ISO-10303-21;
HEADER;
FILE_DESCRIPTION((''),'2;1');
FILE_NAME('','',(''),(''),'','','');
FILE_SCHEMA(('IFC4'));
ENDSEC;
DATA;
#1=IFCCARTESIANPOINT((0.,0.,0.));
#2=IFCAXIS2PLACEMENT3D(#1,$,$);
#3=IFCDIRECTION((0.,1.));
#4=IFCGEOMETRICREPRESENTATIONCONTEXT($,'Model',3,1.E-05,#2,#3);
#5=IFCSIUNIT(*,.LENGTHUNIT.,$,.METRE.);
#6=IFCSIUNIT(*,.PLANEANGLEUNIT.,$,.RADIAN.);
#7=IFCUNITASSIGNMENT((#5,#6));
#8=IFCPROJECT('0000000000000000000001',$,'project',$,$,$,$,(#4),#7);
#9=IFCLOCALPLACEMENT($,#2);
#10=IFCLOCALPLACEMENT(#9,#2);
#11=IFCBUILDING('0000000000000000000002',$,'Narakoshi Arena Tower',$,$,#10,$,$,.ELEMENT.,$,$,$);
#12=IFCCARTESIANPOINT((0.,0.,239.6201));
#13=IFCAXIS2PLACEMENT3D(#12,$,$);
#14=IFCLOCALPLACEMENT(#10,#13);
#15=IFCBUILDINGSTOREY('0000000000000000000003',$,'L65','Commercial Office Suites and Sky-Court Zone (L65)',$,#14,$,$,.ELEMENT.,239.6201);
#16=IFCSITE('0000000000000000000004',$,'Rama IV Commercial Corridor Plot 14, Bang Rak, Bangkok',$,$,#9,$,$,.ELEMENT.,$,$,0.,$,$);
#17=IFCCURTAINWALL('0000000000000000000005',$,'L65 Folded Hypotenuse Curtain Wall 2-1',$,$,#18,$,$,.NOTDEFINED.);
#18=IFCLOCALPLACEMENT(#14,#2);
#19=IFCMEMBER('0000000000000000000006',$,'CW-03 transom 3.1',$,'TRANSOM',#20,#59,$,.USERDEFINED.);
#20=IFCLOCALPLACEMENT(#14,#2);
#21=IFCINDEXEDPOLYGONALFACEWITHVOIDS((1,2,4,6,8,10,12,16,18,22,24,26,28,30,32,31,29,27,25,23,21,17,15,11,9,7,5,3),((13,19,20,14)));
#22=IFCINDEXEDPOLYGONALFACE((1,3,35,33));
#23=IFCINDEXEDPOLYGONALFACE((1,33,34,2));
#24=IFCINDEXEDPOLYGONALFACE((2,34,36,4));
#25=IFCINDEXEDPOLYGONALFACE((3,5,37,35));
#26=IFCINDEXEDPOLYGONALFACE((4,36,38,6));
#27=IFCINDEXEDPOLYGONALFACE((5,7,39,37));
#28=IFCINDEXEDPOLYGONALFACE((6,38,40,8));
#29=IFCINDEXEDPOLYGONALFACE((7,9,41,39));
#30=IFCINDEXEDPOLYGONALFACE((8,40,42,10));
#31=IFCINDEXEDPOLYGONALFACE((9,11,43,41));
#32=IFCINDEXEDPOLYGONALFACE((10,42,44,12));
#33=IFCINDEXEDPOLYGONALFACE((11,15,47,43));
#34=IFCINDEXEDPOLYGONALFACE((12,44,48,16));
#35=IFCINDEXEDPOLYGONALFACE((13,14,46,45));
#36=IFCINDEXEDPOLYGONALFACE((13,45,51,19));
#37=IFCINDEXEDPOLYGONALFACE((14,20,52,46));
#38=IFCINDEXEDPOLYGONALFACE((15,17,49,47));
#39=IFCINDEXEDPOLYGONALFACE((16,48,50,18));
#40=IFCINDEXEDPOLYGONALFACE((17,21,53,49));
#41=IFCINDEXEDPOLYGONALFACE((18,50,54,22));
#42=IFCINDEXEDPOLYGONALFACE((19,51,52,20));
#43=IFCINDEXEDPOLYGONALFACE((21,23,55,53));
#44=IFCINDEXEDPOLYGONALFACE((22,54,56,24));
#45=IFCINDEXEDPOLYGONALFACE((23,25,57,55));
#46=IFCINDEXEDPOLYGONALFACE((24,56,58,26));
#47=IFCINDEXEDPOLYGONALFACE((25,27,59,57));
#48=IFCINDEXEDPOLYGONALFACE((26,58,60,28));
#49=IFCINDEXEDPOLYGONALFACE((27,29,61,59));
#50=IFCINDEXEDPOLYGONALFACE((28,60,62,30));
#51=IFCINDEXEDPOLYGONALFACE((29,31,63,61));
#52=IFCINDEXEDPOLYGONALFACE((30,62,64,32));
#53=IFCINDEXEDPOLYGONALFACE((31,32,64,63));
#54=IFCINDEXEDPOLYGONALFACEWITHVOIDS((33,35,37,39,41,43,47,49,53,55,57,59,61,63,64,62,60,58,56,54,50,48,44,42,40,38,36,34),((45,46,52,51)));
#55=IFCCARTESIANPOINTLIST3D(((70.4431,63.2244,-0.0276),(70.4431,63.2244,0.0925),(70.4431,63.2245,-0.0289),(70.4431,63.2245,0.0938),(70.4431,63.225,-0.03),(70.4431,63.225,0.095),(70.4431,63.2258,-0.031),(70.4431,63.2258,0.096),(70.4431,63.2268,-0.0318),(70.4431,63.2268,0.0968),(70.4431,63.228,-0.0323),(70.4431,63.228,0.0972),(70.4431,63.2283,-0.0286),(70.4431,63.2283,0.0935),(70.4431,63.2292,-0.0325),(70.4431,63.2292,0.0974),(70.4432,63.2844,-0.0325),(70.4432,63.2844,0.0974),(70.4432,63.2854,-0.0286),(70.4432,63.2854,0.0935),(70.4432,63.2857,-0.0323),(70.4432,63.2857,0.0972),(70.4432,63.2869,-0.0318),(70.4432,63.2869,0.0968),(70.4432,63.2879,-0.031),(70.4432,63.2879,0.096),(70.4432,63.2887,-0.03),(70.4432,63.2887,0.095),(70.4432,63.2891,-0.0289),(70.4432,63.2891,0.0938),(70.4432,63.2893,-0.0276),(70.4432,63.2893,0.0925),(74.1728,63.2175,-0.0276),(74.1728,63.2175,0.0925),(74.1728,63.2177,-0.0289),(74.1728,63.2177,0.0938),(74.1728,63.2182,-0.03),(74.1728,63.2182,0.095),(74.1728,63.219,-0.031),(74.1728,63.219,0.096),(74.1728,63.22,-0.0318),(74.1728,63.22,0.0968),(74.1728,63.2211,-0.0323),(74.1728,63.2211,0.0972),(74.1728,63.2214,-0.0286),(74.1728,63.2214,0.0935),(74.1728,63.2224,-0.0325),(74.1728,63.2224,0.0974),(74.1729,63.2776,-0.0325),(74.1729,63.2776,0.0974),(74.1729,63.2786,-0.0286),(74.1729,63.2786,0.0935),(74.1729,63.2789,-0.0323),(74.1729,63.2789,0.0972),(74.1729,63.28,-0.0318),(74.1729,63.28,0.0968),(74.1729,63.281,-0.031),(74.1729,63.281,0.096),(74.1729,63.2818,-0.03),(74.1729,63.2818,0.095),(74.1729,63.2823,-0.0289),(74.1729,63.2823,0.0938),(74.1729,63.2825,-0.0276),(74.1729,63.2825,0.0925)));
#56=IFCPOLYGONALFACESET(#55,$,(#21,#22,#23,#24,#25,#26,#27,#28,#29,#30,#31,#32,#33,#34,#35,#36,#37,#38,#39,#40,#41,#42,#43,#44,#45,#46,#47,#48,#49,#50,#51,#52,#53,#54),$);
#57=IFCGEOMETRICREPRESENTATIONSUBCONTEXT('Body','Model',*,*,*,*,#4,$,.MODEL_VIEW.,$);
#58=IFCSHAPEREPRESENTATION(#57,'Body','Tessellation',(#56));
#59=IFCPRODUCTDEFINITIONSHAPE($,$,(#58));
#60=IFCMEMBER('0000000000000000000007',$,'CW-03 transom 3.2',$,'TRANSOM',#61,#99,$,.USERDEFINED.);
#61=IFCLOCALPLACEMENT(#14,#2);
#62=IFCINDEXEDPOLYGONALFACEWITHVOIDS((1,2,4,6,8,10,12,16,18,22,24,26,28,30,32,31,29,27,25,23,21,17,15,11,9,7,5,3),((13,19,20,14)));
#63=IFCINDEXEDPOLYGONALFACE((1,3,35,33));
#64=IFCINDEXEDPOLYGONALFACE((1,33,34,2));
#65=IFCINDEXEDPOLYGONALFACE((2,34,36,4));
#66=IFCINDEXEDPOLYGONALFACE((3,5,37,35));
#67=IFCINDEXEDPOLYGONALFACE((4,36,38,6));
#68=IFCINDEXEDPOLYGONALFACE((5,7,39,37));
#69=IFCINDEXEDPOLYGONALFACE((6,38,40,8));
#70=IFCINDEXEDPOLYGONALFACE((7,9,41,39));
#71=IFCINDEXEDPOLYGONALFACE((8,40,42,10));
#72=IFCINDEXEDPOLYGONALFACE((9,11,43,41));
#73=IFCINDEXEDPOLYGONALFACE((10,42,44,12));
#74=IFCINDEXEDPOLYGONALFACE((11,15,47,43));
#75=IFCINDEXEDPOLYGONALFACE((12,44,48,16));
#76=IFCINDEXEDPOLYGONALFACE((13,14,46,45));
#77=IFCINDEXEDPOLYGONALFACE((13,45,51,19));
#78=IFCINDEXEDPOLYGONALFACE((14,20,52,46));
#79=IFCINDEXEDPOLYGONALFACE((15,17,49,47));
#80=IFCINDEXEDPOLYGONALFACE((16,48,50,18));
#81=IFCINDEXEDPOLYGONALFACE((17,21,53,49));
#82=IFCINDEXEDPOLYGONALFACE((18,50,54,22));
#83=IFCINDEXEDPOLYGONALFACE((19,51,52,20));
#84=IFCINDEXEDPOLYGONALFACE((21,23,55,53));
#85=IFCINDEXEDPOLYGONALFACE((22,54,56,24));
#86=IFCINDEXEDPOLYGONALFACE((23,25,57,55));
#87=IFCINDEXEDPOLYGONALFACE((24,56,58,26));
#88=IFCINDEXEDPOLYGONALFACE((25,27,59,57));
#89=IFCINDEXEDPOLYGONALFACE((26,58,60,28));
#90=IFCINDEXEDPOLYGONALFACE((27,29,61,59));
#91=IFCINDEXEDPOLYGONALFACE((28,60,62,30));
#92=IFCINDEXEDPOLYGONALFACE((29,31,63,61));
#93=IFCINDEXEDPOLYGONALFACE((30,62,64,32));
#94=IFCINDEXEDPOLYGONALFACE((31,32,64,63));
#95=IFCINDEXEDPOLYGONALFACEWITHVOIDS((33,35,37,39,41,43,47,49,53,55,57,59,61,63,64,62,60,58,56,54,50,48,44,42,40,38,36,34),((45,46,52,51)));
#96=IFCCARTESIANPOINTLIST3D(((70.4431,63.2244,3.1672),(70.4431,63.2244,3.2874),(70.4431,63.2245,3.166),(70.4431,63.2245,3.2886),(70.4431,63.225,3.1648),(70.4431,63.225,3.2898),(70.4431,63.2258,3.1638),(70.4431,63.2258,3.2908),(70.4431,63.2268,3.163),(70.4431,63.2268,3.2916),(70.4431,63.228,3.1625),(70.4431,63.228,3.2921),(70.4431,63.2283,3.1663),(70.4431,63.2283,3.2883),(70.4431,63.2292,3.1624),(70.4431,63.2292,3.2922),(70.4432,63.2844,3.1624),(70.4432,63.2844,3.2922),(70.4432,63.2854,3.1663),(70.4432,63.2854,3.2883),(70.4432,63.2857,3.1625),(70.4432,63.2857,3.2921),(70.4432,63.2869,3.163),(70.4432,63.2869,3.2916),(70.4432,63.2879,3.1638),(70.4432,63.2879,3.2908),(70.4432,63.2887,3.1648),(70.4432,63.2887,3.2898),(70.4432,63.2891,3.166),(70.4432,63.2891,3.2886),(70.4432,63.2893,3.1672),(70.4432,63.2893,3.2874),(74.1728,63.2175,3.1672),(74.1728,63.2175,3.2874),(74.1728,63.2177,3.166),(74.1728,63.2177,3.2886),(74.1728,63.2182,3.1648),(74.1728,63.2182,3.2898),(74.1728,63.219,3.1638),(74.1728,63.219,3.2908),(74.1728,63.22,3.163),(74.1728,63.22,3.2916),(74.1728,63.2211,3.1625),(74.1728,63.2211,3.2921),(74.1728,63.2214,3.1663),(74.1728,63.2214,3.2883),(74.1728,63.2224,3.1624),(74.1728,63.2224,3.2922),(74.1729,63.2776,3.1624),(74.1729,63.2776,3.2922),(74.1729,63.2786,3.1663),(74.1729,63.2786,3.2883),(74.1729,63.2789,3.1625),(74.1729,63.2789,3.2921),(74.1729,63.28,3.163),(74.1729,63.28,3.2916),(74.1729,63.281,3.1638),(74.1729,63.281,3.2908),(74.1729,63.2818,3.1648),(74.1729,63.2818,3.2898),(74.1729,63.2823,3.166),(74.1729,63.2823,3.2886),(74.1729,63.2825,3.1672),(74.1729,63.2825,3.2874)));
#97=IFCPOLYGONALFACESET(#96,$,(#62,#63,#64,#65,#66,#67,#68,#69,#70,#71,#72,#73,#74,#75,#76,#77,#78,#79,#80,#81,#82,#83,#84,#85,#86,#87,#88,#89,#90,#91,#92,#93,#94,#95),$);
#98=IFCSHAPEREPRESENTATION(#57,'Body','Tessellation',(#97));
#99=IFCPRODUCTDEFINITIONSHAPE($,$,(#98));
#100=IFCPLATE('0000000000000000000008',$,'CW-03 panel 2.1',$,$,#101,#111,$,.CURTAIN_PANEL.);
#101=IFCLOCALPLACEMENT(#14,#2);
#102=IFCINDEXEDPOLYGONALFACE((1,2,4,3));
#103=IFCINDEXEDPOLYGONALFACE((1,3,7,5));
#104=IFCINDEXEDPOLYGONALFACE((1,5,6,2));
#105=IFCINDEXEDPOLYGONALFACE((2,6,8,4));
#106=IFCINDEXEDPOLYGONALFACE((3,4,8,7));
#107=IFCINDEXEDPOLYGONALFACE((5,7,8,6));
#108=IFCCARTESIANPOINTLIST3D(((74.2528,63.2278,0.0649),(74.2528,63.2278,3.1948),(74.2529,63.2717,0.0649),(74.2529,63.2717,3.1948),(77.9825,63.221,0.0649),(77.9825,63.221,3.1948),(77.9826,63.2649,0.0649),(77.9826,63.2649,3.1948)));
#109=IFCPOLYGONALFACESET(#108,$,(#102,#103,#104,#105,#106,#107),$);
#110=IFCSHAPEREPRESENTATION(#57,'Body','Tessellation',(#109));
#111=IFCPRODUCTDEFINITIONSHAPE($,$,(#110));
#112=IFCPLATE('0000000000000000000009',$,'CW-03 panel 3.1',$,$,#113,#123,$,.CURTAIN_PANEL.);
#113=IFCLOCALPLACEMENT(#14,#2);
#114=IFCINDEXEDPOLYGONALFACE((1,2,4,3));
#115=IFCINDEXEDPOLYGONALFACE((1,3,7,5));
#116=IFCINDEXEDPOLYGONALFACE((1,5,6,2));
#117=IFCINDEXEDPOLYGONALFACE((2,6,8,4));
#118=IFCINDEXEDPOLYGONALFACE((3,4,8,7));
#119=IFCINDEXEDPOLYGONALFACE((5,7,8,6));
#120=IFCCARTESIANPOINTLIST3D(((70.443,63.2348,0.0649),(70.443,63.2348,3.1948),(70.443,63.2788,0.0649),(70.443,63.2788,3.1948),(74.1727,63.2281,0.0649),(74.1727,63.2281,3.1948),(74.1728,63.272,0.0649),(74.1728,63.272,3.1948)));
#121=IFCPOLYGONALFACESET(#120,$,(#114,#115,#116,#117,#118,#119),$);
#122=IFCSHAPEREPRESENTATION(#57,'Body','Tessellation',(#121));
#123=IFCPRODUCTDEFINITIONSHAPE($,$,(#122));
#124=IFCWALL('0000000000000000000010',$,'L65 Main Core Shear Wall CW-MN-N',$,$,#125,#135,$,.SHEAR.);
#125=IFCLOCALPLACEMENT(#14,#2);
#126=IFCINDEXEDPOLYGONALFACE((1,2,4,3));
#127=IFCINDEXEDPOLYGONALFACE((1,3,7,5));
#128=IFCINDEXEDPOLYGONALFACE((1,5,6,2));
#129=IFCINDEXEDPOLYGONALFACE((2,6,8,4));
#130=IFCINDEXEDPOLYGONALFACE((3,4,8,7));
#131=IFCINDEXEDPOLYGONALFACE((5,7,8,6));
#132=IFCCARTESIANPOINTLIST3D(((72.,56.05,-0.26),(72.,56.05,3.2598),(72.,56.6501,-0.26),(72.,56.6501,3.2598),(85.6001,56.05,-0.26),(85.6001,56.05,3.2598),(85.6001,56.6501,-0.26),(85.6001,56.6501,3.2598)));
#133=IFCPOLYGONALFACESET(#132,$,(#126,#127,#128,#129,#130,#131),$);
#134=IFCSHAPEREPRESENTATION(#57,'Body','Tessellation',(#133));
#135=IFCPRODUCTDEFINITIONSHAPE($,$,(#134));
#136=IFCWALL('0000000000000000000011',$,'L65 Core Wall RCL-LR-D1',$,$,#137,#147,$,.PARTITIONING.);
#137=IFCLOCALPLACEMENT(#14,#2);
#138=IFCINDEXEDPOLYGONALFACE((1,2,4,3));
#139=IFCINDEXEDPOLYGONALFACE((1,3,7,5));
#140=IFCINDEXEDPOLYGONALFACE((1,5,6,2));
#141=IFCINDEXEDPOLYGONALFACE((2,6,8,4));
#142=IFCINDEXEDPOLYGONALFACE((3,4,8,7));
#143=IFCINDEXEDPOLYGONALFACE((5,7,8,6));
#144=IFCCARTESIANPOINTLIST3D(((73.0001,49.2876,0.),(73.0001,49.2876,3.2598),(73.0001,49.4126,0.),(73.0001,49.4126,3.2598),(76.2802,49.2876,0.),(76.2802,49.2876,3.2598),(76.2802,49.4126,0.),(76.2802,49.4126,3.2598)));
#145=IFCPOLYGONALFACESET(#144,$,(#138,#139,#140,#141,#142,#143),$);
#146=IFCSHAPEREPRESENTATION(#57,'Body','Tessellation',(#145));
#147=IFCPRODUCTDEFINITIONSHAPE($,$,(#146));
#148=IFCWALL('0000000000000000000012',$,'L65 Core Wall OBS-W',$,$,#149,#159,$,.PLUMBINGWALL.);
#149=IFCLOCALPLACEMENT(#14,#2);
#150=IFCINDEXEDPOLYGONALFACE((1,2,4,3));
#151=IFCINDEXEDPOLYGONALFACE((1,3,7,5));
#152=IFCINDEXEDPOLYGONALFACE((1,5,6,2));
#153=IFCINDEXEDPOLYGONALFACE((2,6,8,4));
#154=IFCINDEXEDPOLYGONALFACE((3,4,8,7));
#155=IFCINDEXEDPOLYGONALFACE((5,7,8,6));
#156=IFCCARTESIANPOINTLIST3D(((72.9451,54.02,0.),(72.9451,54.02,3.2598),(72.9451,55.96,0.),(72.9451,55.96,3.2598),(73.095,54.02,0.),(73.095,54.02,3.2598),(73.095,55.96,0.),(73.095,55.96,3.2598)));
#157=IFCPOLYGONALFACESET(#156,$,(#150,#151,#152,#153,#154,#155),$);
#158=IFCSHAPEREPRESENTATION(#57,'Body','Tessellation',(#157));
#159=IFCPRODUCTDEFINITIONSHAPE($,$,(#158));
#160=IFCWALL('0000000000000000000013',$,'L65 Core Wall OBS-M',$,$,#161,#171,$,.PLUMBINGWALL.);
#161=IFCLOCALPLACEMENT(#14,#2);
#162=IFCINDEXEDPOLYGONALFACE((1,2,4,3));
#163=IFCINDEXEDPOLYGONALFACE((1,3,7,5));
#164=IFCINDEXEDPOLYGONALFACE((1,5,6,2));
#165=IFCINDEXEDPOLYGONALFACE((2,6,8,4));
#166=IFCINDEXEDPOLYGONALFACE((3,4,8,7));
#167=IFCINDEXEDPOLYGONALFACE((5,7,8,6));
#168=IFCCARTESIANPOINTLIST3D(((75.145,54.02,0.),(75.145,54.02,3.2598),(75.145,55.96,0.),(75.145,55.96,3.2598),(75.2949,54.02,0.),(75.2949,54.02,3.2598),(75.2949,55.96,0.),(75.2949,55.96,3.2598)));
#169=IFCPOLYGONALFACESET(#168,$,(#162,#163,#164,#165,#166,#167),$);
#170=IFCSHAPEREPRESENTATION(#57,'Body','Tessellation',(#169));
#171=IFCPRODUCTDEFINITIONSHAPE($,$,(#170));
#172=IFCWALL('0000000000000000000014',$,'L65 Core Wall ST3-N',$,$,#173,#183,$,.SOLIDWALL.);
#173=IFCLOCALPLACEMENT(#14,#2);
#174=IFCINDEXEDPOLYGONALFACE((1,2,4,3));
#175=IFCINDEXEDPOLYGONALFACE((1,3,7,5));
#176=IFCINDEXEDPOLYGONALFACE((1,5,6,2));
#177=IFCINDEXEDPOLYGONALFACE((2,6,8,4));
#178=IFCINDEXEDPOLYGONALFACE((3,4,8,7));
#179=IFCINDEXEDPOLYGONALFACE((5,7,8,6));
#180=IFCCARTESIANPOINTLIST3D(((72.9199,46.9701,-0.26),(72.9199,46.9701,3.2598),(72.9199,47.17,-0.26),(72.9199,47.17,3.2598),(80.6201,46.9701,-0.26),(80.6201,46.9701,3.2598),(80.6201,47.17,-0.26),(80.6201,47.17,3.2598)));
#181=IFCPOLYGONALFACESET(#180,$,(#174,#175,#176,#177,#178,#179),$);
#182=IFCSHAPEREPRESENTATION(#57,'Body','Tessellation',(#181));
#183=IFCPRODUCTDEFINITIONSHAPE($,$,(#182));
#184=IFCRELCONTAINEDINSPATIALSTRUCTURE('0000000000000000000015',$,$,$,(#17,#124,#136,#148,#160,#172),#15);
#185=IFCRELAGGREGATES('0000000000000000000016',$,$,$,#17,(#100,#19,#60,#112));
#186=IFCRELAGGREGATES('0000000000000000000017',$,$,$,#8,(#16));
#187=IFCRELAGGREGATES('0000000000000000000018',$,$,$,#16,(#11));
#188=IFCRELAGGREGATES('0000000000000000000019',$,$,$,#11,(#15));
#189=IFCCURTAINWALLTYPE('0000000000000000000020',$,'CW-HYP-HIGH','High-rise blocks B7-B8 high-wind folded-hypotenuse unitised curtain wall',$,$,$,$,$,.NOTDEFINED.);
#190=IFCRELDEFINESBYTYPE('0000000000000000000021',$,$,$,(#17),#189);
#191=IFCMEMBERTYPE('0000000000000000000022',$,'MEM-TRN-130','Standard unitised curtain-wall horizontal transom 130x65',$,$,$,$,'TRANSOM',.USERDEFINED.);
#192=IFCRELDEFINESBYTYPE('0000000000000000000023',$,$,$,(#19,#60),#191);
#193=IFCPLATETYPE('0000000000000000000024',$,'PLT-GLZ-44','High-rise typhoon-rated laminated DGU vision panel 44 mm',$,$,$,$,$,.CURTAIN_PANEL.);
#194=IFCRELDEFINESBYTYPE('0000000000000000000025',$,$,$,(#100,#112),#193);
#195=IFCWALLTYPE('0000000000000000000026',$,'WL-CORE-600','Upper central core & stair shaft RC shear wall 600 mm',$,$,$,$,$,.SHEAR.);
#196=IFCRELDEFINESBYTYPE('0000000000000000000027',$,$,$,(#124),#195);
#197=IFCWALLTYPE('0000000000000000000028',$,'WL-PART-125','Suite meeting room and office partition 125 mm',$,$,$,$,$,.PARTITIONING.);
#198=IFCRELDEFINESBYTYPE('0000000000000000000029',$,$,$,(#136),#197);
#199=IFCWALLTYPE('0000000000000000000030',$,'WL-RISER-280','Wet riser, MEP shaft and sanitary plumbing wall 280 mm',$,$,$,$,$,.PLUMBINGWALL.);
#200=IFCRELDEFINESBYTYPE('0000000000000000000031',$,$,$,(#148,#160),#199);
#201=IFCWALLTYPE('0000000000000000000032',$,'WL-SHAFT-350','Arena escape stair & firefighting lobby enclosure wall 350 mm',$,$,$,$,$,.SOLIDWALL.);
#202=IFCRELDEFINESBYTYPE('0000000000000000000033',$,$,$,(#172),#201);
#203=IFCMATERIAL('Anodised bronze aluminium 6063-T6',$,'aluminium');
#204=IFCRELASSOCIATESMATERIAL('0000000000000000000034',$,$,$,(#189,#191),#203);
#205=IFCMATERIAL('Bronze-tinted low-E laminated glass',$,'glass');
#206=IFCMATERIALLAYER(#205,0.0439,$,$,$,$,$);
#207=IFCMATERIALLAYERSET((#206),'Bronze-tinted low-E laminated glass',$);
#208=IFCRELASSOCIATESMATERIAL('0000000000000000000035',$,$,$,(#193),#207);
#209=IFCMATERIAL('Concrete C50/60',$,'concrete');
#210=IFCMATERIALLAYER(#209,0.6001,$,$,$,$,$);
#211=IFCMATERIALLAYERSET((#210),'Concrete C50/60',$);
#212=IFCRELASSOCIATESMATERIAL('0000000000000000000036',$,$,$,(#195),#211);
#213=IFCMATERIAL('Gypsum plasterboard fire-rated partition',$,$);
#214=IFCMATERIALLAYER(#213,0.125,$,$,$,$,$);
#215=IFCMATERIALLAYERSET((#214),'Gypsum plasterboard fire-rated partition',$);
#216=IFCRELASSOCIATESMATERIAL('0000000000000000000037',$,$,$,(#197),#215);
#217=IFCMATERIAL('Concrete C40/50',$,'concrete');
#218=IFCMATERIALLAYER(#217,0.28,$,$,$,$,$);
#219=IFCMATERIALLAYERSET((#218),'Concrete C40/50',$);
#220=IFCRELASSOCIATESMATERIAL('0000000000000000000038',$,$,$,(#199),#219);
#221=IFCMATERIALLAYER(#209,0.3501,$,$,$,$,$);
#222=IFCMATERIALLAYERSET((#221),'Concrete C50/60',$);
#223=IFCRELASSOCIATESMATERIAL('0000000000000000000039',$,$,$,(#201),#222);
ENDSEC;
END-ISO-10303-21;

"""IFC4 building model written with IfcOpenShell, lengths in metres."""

from ifc_helpers import new_model, si_unit, direction, frame, frame_2d, origin, origin_2d, place, context, subcontext, project, spatial, rectangle, hollow_rectangle, extrude, material, layer, layer_set, material_profile, profile_set, type_object, element, aggregate, save


model = new_model("IFC4")

# Units and contexts
model_context = context("Model", 3, precision=1e-05, world=origin(), true_north=direction((0.0, 1.0)))
body_context = subcontext(model_context, "Body", "Model", "MODEL_VIEW")
ifc_project = project(units=[si_unit("LENGTHUNIT", "METRE"), si_unit("PLANEANGLEUNIT", "RADIAN")], contexts=[model_context])

# Site, building, storey
site_placement = place(None, origin())
site = spatial("IfcSite", under=ifc_project, at=site_placement, Name="Rama IV Commercial Corridor Plot 14, Bang Rak, Bangkok", CompositionType="ELEMENT", RefElevation=0.0)
building_placement = place(site_placement, origin())
building = spatial("IfcBuilding", under=site, at=building_placement, Name="Narakoshi Arena Tower", CompositionType="ELEMENT")
storey_placement = place(building_placement, frame((0.0, 0.0, 239.6201)))
storey = spatial("IfcBuildingStorey", under=building, at=storey_placement, Name="L65", Description="Commercial Office Suites and Sky-Court Zone (L65)", CompositionType="ELEMENT", Elevation=239.6201)

# Shared definitions
ifc_material_1 = material(Name="Concrete C50/60", Category="concrete")

# Curtain wall, members, plates
ifc_material_2 = material(Name="Anodised bronze aluminium 6063-T6", Category="aluminium")
curtain_wall_type = type_object("IfcCurtainWallType", Name="CW-HYP-HIGH", Description="High-rise blocks B7-B8 high-wind folded-hypotenuse unitised curtain wall", PredefinedType="NOTDEFINED", material=ifc_material_2)
curtain_wall_placement = place(storey_placement, origin())
curtain_wall = element("IfcCurtainWall", 1, at=curtain_wall_placement, inside=storey, type_object=curtain_wall_type, Name="L65 Folded Hypotenuse Curtain Wall 2-1", PredefinedType="NOTDEFINED")
ifc_material_profile_1 = material_profile(ifc_material_2, hollow_rectangle(XDim=0.0649, YDim=0.1299, WallThickness=0.0039, OuterFilletRadius=0.0049, at=origin_2d()), Name="TRN130x65x4")
ifc_profile_set_1 = profile_set([ifc_material_profile_1], Name="Anodised bronze aluminium 6063-T6")
member_type_1 = type_object("IfcMemberType", Name="MEM-TRN-130", Description="Standard unitised curtain-wall horizontal transom 130x65", ElementType="TRANSOM", PredefinedType="USERDEFINED", material=ifc_profile_set_1)
member_1_placement = place(storey_placement, frame((74.1729, 63.25, 0.0325), z_axis=(-0.999998, 0.001833, 0.0), x_axis=(-0.001833, -0.999998, 0.0)))
member_1 = element("IfcMember", 2, at=member_1_placement, type_object=member_type_1, Name="CW-03 transom 3.1", ObjectType="TRANSOM", PredefinedType="USERDEFINED", context=body_context, shape_type="SweptSolid", body=[
    extrude(hollow_rectangle(XDim=0.0649, YDim=0.1299, WallThickness=0.0039, OuterFilletRadius=0.0049, at=origin_2d()), origin(), (0.0, 0.0, 1.0), 3.7297),
])
member_2_placement = place(storey_placement, frame((74.1729, 63.25, 3.2273), z_axis=(-0.999998, 0.001833, 0.0), x_axis=(-0.001833, -0.999998, 0.0)))
member_2 = element("IfcMember", 3, at=member_2_placement, type_object=member_type_1, Name="CW-03 transom 3.2", ObjectType="TRANSOM", PredefinedType="USERDEFINED", context=body_context, shape_type="SweptSolid", body=[
    extrude(hollow_rectangle(XDim=0.0649, YDim=0.1299, WallThickness=0.0039, OuterFilletRadius=0.0049, at=origin_2d()), origin(), (0.0, 0.0, 1.0), 3.7297),
])
ifc_material_3 = material(Name="Bronze-tinted low-E laminated glass", Category="glass")
ifc_layer_1 = layer(ifc_material_3, 0.0439)
ifc_layer_set_1 = layer_set([ifc_layer_1], Name="Bronze-tinted low-E laminated glass")
plate_type = type_object("IfcPlateType", Name="PLT-GLZ-44", Description="High-rise typhoon-rated laminated DGU vision panel 44 mm", PredefinedType="CURTAIN_PANEL", material=ifc_layer_set_1)
plate_1_placement = place(storey_placement, frame((76.1177, 63.2463, 0.0649), z_axis=(0.0, 0.0, 1.0), x_axis=(-0.999998, 0.00182, 0.0)))
plate_1 = element("IfcPlate", 4, at=plate_1_placement, type_object=plate_type, Name="CW-03 panel 2.1", PredefinedType="CURTAIN_PANEL", context=body_context, shape_type="SweptSolid", body=[
    extrude(rectangle(XDim=3.7297, YDim=0.0439, at=origin_2d()), origin(), (0.0, 0.0, 1.0), 3.1299),
])
plate_2_placement = place(storey_placement, frame((72.3079, 63.2534, 0.0649), z_axis=(0.0, 0.0, 1.0), x_axis=(-0.999998, 0.00182, 0.0)))
plate_2 = element("IfcPlate", 5, at=plate_2_placement, type_object=plate_type, Name="CW-03 panel 3.1", PredefinedType="CURTAIN_PANEL", context=body_context, shape_type="SweptSolid", body=[
    extrude(rectangle(XDim=3.7297, YDim=0.0439, at=origin_2d()), origin(), (0.0, 0.0, 1.0), 3.1299),
])
aggregate(curtain_wall, [plate_1, member_1, member_2, plate_2])

# Walls
ifc_layer_2 = layer(ifc_material_1, 0.6001)
ifc_layer_set_2 = layer_set([ifc_layer_2], Name="Concrete C50/60")
wall_type_1 = type_object("IfcWallType", Name="WL-CORE-600", Description="Upper central core & stair shaft RC shear wall 600 mm", PredefinedType="SHEAR", material=ifc_layer_set_2)
wall_1_placement = place(storey_placement, frame((72.0, 56.3501, -0.26), z_axis=(0.0, 0.0, 1.0), x_axis=(1.0, 0.0, 0.0)))
element("IfcWall", 6, at=wall_1_placement, inside=storey, type_object=wall_type_1, Name="L65 Main Core Shear Wall CW-MN-N", PredefinedType="SHEAR", context=body_context, shape_type="SweptSolid", body=[
    extrude(rectangle(XDim=13.6001, YDim=0.6001, at=frame_2d((6.8, 0.0))), origin(), (0.0, 0.0, 1.0), 3.5198),
])
ifc_material_4 = material(Name="Gypsum plasterboard fire-rated partition")
ifc_layer_3 = layer(ifc_material_4, 0.125)
ifc_layer_set_3 = layer_set([ifc_layer_3], Name="Gypsum plasterboard fire-rated partition")
wall_type_2 = type_object("IfcWallType", Name="WL-PART-125", Description="Suite meeting room and office partition 125 mm", PredefinedType="PARTITIONING", material=ifc_layer_set_3)
wall_2_placement = place(storey_placement, frame((73.0, 49.3501, 0.0), z_axis=(0.0, 0.0, 1.0), x_axis=(1.0, 0.0, 0.0)))
element("IfcWall", 7, at=wall_2_placement, inside=storey, type_object=wall_type_2, Name="L65 Core Wall RCL-LR-D1", PredefinedType="PARTITIONING", context=body_context, shape_type="SweptSolid", body=[
    extrude(rectangle(XDim=3.28, YDim=0.125, at=frame_2d((1.6401, 0.0))), origin(), (0.0, 0.0, 1.0), 3.2598),
])
ifc_material_5 = material(Name="Concrete C40/50", Category="concrete")
ifc_layer_4 = layer(ifc_material_5, 0.28)
ifc_layer_set_4 = layer_set([ifc_layer_4], Name="Concrete C40/50")
wall_type_3 = type_object("IfcWallType", Name="WL-RISER-280", Description="Wet riser, MEP shaft and sanitary plumbing wall 280 mm", PredefinedType="PLUMBINGWALL", material=ifc_layer_set_4)
for number, where, z_axis, x_axis, name in (
    (8, (73.02, 54.02, 0.0), (0.0, 0.0, 1.0), (0.0, 1.0, 0.0), "L65 Core Wall OBS-W"),
    (9, (75.22, 54.02, 0.0), (0.0, 0.0, 1.0), (0.0, 1.0, 0.0), "L65 Core Wall OBS-M"),
):
    element("IfcWall", number, at=place(storey_placement, frame(where, z_axis=z_axis, x_axis=x_axis)), inside=storey, type_object=wall_type_3, Name=name, PredefinedType="PLUMBINGWALL", context=body_context, shape_type="SweptSolid", body=[
        extrude(rectangle(XDim=1.9399, YDim=0.1499, at=frame_2d((0.97, 0.0))), origin(), (0.0, 0.0, 1.0), 3.2598),
    ])
ifc_layer_5 = layer(ifc_material_1, 0.3501)
ifc_layer_set_5 = layer_set([ifc_layer_5], Name="Concrete C50/60")
wall_type_4 = type_object("IfcWallType", Name="WL-SHAFT-350", Description="Arena escape stair & firefighting lobby enclosure wall 350 mm", PredefinedType="SOLIDWALL", material=ifc_layer_set_5)
wall_3_placement = place(storey_placement, frame((72.9199, 47.0701, -0.26), z_axis=(0.0, 0.0, 1.0), x_axis=(1.0, 0.0, 0.0)))
element("IfcWall", 10, at=wall_3_placement, inside=storey, type_object=wall_type_4, Name="L65 Core Wall ST3-N", PredefinedType="SOLIDWALL", context=body_context, shape_type="SweptSolid", body=[
    extrude(rectangle(XDim=7.7002, YDim=0.2, at=frame_2d((3.8501, 0.0))), origin(), (0.0, 0.0, 1.0), 3.5198),
])

save(model, "model.ifc")
